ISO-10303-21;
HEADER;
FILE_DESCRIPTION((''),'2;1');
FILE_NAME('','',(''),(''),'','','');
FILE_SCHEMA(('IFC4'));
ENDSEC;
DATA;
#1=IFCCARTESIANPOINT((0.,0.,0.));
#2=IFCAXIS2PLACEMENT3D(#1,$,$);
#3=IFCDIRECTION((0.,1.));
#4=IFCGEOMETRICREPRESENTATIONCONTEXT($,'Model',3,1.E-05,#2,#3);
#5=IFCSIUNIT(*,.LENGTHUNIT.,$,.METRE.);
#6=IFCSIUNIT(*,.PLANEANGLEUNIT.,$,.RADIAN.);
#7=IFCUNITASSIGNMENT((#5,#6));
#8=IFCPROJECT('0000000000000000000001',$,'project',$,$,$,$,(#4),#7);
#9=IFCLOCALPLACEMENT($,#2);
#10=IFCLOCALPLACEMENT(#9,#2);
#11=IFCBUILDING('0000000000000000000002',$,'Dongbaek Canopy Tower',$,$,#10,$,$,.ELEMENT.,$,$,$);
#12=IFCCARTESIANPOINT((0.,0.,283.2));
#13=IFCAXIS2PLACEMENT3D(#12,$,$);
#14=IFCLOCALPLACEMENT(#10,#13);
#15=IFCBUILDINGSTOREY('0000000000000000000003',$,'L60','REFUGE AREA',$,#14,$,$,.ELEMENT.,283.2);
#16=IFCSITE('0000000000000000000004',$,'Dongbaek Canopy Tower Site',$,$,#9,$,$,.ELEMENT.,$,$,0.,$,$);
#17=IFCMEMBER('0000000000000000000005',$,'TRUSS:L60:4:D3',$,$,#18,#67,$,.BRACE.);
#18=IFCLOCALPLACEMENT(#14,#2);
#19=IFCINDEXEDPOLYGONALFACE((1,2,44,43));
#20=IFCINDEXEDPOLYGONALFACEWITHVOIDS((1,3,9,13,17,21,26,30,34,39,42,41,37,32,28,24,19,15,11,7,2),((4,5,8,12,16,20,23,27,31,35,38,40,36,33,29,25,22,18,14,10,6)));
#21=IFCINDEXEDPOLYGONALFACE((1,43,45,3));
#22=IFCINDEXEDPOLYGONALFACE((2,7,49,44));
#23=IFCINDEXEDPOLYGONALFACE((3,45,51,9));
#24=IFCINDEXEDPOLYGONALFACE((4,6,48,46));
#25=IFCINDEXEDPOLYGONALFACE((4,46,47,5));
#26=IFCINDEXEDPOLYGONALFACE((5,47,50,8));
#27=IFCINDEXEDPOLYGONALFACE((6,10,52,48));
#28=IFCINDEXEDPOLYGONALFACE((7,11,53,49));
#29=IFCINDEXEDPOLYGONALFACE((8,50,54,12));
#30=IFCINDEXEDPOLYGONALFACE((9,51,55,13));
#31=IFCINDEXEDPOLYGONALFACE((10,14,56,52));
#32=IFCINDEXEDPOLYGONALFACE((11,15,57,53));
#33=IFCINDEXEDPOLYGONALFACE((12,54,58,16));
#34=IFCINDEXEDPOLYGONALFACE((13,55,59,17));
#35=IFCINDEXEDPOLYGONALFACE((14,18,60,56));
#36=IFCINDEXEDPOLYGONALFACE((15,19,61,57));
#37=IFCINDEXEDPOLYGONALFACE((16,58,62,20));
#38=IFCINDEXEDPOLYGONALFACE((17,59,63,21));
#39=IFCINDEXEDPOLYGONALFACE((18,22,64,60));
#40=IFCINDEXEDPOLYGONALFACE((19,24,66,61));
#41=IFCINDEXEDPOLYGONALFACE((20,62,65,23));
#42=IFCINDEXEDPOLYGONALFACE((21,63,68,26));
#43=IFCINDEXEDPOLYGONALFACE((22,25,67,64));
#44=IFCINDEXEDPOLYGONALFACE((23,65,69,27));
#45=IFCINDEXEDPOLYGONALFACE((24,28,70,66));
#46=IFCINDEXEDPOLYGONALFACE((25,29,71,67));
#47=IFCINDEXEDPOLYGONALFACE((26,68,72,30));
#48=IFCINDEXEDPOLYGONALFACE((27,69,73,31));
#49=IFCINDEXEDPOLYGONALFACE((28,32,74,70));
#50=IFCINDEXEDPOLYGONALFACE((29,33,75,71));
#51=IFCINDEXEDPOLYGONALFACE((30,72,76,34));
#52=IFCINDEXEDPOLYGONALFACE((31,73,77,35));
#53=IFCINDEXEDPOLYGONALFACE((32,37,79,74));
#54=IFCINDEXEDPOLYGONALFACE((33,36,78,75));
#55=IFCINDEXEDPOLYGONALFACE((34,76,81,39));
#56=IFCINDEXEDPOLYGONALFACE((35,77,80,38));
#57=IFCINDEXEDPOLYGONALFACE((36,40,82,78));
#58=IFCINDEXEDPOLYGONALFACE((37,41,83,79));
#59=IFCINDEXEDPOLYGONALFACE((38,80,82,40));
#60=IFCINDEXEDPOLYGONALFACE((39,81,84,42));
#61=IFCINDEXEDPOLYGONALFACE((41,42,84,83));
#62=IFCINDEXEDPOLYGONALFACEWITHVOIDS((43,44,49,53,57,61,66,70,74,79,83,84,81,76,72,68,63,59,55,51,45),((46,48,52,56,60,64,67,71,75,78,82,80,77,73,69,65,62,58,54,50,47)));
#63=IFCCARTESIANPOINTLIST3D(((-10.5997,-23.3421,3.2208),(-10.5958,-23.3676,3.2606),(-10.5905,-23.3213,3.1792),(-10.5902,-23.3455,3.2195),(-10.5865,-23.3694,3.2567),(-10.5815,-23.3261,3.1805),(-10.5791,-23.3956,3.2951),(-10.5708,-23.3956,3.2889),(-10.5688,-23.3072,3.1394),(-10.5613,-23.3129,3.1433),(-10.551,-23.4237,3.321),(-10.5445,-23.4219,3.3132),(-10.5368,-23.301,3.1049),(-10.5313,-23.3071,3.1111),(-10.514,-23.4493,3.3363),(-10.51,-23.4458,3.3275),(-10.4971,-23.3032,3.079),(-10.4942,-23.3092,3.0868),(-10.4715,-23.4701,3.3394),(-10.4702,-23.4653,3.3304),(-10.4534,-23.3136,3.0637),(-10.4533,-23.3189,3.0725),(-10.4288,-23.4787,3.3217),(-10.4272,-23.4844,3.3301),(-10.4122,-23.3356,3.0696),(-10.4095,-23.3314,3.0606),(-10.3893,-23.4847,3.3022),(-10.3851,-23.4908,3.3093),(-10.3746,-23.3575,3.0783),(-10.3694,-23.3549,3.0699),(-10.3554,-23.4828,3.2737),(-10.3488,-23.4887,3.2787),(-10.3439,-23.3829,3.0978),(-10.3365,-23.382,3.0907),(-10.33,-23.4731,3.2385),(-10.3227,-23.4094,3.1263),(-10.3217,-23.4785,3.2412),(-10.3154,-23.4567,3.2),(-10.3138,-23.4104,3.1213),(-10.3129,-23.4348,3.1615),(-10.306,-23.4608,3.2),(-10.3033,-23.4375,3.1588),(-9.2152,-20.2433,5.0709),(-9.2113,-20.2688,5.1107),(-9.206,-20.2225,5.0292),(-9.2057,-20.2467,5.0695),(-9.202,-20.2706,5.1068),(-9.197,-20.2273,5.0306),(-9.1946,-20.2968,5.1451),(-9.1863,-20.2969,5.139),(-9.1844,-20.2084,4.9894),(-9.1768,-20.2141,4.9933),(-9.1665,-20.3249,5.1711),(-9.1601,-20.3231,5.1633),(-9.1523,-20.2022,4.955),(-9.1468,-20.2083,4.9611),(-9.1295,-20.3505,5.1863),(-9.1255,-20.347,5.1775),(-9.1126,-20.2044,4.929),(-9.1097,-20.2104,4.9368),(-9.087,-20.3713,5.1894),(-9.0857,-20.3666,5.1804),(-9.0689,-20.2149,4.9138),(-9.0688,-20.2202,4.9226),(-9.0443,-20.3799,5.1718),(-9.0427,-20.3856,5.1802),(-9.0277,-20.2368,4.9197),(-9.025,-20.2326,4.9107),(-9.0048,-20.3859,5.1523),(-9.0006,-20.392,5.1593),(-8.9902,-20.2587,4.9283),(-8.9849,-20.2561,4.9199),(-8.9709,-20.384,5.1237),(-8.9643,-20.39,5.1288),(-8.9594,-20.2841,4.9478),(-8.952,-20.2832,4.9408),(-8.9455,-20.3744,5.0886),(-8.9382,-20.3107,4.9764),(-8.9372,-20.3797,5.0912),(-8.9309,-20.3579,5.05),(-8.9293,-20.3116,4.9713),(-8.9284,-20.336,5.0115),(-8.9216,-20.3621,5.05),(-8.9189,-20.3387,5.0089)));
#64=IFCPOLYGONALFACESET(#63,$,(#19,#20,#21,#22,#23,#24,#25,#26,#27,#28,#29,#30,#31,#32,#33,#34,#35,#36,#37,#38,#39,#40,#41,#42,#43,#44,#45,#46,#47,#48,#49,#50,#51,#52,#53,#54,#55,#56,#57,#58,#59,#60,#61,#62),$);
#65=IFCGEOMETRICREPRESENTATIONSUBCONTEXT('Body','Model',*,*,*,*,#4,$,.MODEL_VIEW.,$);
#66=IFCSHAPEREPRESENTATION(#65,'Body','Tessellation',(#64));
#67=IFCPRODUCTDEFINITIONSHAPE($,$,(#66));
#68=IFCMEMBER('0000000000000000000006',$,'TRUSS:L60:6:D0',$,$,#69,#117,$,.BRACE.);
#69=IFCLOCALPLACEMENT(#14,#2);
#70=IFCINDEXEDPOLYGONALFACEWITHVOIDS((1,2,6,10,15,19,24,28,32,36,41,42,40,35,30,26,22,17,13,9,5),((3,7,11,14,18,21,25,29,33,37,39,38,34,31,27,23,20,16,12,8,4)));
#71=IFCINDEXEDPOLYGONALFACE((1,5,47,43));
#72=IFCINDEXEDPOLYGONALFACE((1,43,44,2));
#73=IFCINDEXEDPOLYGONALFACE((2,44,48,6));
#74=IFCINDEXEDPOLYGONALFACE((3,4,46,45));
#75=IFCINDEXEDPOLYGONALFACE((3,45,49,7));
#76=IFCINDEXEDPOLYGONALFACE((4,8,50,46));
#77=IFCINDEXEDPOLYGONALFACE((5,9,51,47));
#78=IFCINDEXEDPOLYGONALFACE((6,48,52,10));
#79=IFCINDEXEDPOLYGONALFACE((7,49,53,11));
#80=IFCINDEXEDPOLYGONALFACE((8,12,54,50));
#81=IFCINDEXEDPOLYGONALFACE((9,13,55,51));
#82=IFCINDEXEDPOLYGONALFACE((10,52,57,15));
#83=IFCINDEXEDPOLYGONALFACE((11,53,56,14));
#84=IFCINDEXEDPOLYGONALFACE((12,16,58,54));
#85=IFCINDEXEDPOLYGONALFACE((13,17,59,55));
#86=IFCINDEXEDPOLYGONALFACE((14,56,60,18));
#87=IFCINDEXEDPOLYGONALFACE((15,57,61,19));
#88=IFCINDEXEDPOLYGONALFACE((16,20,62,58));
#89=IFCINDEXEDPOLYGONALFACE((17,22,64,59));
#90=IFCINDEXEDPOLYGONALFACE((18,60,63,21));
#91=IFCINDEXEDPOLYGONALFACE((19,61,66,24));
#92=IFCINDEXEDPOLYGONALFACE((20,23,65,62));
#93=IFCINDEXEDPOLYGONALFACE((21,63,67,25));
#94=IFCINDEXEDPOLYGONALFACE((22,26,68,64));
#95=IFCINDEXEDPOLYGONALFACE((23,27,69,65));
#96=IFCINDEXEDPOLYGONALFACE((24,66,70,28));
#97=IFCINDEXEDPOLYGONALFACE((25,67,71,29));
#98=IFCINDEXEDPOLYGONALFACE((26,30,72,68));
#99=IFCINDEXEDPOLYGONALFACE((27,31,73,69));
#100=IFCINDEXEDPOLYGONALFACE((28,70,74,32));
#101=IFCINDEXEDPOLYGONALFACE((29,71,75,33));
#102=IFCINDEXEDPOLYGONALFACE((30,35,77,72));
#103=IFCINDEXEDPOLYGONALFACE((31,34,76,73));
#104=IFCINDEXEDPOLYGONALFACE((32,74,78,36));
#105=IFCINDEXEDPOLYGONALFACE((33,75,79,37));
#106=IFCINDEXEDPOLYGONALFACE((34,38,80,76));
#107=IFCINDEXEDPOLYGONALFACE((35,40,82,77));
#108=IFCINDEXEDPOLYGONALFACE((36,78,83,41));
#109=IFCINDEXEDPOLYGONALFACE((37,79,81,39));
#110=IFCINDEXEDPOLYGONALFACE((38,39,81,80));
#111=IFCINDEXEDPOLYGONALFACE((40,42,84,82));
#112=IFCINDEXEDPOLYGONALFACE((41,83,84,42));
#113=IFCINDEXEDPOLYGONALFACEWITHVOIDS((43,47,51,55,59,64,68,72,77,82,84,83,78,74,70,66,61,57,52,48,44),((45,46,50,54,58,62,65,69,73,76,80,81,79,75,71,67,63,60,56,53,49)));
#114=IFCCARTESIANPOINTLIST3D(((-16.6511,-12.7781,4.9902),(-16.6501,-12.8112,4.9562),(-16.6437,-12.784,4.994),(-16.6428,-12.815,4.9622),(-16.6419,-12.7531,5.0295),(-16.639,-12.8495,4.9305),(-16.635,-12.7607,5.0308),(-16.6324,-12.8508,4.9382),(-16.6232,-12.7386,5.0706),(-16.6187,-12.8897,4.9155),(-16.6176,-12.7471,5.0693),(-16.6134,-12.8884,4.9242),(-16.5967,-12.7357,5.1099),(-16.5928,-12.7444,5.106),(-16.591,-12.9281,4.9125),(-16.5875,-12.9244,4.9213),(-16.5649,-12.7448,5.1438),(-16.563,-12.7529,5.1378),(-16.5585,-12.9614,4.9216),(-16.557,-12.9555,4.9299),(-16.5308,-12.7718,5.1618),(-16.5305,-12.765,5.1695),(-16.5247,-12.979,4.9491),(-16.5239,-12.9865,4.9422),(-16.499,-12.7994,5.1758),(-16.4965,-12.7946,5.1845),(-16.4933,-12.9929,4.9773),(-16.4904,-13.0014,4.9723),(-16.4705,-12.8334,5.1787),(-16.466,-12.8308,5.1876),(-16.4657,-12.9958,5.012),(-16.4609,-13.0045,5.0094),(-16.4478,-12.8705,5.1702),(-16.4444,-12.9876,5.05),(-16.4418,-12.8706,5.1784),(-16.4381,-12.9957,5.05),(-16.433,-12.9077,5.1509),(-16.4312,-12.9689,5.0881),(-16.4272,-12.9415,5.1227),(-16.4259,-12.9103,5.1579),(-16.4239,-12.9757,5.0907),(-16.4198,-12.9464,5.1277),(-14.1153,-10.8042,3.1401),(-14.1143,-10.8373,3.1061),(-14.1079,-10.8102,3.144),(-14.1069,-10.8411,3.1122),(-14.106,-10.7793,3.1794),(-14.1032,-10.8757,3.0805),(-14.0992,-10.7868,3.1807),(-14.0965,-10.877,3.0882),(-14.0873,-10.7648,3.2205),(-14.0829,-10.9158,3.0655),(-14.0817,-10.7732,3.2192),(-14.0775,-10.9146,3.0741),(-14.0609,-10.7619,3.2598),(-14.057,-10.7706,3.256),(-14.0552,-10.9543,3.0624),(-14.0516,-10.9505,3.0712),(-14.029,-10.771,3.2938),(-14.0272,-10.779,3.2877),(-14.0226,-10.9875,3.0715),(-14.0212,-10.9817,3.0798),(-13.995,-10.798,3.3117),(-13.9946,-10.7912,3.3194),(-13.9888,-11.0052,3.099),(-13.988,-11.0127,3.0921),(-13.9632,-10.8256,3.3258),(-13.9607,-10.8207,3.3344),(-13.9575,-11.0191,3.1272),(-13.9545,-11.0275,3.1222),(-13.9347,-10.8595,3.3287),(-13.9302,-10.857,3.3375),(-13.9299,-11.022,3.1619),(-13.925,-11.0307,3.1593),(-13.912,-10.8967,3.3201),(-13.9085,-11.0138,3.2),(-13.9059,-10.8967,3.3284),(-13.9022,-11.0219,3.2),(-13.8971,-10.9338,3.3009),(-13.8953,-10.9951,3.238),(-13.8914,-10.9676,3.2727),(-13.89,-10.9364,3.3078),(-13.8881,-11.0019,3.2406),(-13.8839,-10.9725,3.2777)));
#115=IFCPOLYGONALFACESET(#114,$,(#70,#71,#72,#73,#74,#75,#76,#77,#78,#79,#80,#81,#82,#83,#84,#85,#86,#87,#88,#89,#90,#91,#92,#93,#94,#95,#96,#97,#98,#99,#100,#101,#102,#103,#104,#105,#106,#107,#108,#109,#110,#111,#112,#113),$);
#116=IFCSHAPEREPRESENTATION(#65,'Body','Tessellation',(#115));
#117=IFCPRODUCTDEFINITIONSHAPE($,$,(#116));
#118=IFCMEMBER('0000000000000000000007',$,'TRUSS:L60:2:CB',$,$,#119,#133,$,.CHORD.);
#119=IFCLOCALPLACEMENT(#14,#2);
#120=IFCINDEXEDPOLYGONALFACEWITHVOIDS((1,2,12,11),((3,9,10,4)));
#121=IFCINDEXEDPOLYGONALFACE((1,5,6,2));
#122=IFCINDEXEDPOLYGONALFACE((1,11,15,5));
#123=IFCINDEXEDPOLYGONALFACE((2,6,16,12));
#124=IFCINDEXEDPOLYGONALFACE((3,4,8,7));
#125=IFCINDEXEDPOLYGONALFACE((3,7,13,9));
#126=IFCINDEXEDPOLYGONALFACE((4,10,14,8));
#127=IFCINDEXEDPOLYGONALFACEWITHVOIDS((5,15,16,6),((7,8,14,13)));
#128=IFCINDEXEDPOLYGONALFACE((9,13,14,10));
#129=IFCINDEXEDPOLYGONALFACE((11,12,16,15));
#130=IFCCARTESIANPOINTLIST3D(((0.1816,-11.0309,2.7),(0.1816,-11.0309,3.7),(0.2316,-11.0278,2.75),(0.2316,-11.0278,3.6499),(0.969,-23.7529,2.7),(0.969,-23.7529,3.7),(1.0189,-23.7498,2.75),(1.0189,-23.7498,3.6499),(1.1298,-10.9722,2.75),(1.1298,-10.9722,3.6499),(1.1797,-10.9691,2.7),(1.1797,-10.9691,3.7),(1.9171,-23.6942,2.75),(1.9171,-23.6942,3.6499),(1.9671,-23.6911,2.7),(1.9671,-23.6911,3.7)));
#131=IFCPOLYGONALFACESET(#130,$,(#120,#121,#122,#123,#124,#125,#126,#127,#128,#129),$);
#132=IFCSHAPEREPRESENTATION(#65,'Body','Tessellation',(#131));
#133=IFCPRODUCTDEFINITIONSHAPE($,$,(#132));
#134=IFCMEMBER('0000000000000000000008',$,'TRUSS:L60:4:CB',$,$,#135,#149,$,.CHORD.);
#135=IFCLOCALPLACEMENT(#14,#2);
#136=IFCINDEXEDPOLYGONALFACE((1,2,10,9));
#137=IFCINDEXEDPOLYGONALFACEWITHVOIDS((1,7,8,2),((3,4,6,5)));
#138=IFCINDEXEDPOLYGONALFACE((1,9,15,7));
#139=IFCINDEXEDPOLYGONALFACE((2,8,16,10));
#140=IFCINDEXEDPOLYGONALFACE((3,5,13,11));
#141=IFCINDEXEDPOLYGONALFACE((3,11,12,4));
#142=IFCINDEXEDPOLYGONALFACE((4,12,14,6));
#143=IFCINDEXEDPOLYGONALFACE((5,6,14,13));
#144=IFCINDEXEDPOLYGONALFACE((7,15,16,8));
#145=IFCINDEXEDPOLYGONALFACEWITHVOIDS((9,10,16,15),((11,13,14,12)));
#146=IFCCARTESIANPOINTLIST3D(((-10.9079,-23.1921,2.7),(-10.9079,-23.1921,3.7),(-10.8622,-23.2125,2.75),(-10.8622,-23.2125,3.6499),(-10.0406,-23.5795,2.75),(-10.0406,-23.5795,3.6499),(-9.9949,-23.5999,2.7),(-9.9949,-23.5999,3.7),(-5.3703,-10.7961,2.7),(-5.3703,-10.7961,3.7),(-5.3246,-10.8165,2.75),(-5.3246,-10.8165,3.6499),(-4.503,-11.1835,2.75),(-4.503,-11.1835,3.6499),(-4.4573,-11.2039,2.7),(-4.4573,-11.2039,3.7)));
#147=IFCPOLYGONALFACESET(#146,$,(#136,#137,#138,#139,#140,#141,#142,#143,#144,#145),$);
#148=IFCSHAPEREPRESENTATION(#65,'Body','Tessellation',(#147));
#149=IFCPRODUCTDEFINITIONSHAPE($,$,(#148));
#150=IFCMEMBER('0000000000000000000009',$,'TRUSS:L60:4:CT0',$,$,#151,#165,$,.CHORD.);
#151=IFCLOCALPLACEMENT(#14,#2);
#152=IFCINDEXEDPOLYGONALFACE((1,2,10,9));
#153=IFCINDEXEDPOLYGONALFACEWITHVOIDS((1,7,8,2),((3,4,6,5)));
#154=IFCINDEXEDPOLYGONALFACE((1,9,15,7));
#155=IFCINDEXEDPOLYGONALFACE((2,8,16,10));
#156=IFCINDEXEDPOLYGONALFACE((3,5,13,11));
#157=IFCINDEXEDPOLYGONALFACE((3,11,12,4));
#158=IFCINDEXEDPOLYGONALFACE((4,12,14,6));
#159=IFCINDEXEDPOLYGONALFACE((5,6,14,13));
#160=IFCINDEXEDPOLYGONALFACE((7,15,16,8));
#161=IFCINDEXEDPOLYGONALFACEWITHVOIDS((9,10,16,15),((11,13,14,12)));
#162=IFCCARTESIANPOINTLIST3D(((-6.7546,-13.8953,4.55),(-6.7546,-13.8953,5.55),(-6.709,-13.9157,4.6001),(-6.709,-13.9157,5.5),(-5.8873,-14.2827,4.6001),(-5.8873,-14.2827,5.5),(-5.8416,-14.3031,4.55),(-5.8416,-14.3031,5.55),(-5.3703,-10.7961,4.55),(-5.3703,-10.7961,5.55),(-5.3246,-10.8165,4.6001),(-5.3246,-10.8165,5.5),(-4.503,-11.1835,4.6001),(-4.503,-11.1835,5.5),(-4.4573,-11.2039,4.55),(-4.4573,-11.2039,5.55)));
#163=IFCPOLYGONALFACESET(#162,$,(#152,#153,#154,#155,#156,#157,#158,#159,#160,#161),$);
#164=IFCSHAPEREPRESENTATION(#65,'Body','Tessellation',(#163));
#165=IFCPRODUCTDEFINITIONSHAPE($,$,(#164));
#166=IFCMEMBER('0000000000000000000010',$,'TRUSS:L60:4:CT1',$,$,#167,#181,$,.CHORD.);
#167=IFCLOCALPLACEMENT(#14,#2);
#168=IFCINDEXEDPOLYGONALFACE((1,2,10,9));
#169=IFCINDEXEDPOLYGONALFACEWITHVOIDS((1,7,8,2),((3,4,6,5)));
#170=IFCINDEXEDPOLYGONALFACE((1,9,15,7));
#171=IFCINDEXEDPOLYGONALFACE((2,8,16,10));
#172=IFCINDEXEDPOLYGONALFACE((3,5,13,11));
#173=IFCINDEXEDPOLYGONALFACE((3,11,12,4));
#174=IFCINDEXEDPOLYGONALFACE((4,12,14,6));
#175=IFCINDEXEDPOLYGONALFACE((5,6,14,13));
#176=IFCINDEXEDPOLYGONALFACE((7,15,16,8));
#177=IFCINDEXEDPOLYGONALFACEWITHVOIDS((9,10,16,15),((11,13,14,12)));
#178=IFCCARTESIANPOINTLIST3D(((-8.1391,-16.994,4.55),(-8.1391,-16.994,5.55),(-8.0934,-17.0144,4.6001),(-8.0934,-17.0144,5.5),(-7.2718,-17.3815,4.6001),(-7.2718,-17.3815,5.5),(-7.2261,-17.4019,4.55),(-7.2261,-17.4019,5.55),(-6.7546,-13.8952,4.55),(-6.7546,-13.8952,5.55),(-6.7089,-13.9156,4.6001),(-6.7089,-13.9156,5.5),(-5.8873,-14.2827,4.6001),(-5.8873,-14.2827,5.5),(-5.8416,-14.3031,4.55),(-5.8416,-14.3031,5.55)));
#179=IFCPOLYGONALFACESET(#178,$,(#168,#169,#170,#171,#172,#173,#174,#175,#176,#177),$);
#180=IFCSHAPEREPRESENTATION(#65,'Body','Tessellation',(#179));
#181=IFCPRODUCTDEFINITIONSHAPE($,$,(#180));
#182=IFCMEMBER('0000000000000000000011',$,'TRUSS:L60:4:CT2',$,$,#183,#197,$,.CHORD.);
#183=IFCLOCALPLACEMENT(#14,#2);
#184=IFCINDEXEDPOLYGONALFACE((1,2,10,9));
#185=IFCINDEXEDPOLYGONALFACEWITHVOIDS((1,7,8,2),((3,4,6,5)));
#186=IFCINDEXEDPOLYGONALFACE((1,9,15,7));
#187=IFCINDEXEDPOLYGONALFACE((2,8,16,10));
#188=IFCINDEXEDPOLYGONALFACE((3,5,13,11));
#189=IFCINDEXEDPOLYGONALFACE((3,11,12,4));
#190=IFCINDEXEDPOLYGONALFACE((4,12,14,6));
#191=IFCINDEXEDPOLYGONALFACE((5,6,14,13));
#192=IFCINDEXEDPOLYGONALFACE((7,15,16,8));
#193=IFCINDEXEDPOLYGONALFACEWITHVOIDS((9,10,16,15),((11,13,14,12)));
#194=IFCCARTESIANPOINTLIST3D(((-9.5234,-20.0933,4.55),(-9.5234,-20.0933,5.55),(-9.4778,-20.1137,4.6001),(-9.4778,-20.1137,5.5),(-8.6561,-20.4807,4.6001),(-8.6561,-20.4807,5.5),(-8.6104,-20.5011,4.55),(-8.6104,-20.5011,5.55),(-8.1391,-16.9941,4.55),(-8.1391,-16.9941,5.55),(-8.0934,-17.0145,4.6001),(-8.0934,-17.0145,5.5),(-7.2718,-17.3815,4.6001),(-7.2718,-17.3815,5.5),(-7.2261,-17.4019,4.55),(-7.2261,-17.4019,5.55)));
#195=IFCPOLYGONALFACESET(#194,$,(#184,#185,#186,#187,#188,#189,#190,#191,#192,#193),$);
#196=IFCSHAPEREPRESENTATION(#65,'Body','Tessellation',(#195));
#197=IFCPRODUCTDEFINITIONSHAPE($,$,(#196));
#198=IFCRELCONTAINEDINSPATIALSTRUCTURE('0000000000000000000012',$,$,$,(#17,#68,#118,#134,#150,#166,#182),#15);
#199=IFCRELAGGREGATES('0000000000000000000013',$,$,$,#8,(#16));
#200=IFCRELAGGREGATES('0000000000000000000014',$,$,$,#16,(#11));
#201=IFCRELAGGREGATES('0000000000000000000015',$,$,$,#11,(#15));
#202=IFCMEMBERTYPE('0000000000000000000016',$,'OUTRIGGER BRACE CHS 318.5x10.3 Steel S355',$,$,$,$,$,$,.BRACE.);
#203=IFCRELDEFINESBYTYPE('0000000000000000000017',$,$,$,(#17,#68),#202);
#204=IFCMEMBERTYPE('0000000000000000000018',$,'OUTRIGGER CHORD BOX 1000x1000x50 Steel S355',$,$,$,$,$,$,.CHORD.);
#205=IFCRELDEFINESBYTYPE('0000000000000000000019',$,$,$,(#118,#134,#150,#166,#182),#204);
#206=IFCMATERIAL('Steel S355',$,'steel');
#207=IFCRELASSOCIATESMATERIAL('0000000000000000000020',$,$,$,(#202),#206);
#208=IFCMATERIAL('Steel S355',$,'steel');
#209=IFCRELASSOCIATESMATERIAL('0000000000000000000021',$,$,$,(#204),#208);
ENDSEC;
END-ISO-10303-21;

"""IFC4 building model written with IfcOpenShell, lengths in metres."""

from ifc_helpers import new_model, si_unit, direction, frame, origin, origin_2d, place, context, subcontext, project, spatial, hollow_rectangle, hollow_circle, extrude, material, material_profile, profile_set, type_object, element, save


model = new_model("IFC4")

# Units and contexts
model_context = context("Model", 3, precision=1e-05, world=origin(), true_north=direction((0.0, 1.0)))
body_context = subcontext(model_context, "Body", "Model", "MODEL_VIEW")
ifc_project = project(units=[si_unit("LENGTHUNIT", "METRE"), si_unit("PLANEANGLEUNIT", "RADIAN")], contexts=[model_context])

# Site, building, storey
site_placement = place(None, origin())
site = spatial("IfcSite", under=ifc_project, at=site_placement, Name="Dongbaek Canopy Tower Site", CompositionType="ELEMENT", RefElevation=0.0)
building_placement = place(site_placement, origin())
building = spatial("IfcBuilding", under=site, at=building_placement, Name="Dongbaek Canopy Tower", CompositionType="ELEMENT")
storey_placement = place(building_placement, frame((0.0, 0.0, 283.2)))
storey = spatial("IfcBuildingStorey", under=building, at=storey_placement, Name="L60", Description="REFUGE AREA", CompositionType="ELEMENT", Elevation=283.2)

# Members
ifc_material_1 = material(Name="Steel S355", Category="steel")
ifc_material_profile_1 = material_profile(ifc_material_1, hollow_circle(Radius=0.1592, WallThickness=0.0103, at=origin_2d()), Name="OUTRIGGER BRACE CHS 318.5x10.3 Steel S355")
ifc_profile_set_1 = profile_set([ifc_material_profile_1], Name="Steel S355")
member_type_1 = type_object("IfcMemberType", Name="OUTRIGGER BRACE CHS 318.5x10.3 Steel S355", PredefinedType="BRACE", material=ifc_profile_set_1)
member_1_placement = place(storey_placement, frame((-9.0669, -20.2971, 5.05), z_axis=(-0.358165, -0.801657, -0.478607), x_axis=(0.913018, -0.40792, 0.0)))
element("IfcMember", 1, at=member_1_placement, inside=storey, type_object=member_type_1, Name="TRUSS:L60:4:D3", PredefinedType="BRACE", context=body_context, shape_type="SweptSolid", body=[
    extrude(hollow_circle(Radius=0.1592, WallThickness=0.0103, at=origin_2d()), origin(), (0.0, 0.0, 1.0), 3.8655),
])
member_2_placement = place(storey_placement, frame((-14.0, -10.8962, 3.2), z_axis=(-0.683884, -0.532319, 0.498938), x_axis=(0.614235, -0.789123, 0.0)))
element("IfcMember", 2, at=member_2_placement, inside=storey, type_object=member_type_1, Name="TRUSS:L60:6:D0", PredefinedType="BRACE", context=body_context, shape_type="SweptSolid", body=[
    extrude(hollow_circle(Radius=0.1592, WallThickness=0.0103, at=origin_2d()), origin(), (0.0, 0.0, 1.0), 3.708),
])
ifc_material_2 = material(Name="Steel S355", Category="steel")
ifc_material_profile_2 = material_profile(ifc_material_2, hollow_rectangle(XDim=1.0, YDim=1.0, WallThickness=0.05, at=origin_2d()), Name="OUTRIGGER CHORD BOX 1000x1000x50 Steel S355")
ifc_profile_set_2 = profile_set([ifc_material_profile_2], Name="Steel S355")
member_type_2 = type_object("IfcMemberType", Name="OUTRIGGER CHORD BOX 1000x1000x50 Steel S355", PredefinedType="CHORD", material=ifc_profile_set_2)
member_3_placement = place(storey_placement, frame((0.6807, -11.0, 3.2), z_axis=(0.061771, -0.99809, 0.0), x_axis=(0.99809, 0.061771, 0.0)))
element("IfcMember", 3, at=member_3_placement, inside=storey, type_object=member_type_2, Name="TRUSS:L60:2:CB", PredefinedType="CHORD", context=body_context, shape_type="SweptSolid", body=[
    extrude(hollow_rectangle(XDim=1.0, YDim=1.0, WallThickness=0.05, at=origin_2d()), origin(), (0.0, 0.0, 1.0), 12.7463),
])
member_4_placement = place(storey_placement, frame((-4.9138, -11.0, 3.2), z_axis=(-0.407876, -0.913037, 0.0), x_axis=(0.913037, -0.407876, 0.0)))
element("IfcMember", 4, at=member_4_placement, inside=storey, type_object=member_type_2, Name="TRUSS:L60:4:CB", PredefinedType="CHORD", context=body_context, shape_type="SweptSolid", body=[
    extrude(hollow_rectangle(XDim=1.0, YDim=1.0, WallThickness=0.05, at=origin_2d()), origin(), (0.0, 0.0, 1.0), 13.5767),
])
member_5_placement = place(storey_placement, frame((-4.9138, -11.0, 5.05), z_axis=(-0.407833, -0.913057, 0.0), x_axis=(0.913057, -0.407833, 0.0)))
element("IfcMember", 5, at=member_5_placement, inside=storey, type_object=member_type_2, Name="TRUSS:L60:4:CT0", PredefinedType="CHORD", context=body_context, shape_type="SweptSolid", body=[
    extrude(hollow_rectangle(XDim=1.0, YDim=1.0, WallThickness=0.05, at=origin_2d()), origin(), (0.0, 0.0, 1.0), 3.3943),
])
member_6_placement = place(storey_placement, frame((-6.2981, -14.0991, 5.05), z_axis=(-0.40792, -0.913018, 0.0), x_axis=(0.913018, -0.40792, 0.0)))
element("IfcMember", 6, at=member_6_placement, inside=storey, type_object=member_type_2, Name="TRUSS:L60:4:CT1", PredefinedType="CHORD", context=body_context, shape_type="SweptSolid", body=[
    extrude(hollow_rectangle(XDim=1.0, YDim=1.0, WallThickness=0.05, at=origin_2d()), origin(), (0.0, 0.0, 1.0), 3.394),
])
member_7_placement = place(storey_placement, frame((-7.6826, -17.198, 5.05), z_axis=(-0.407833, -0.913057, 0.0), x_axis=(0.913057, -0.407833, 0.0)))
element("IfcMember", 7, at=member_7_placement, inside=storey, type_object=member_type_2, Name="TRUSS:L60:4:CT2", PredefinedType="CHORD", context=body_context, shape_type="SweptSolid", body=[
    extrude(hollow_rectangle(XDim=1.0, YDim=1.0, WallThickness=0.05, at=origin_2d()), origin(), (0.0, 0.0, 1.0), 3.3943),
])

save(model, "model.ifc")
